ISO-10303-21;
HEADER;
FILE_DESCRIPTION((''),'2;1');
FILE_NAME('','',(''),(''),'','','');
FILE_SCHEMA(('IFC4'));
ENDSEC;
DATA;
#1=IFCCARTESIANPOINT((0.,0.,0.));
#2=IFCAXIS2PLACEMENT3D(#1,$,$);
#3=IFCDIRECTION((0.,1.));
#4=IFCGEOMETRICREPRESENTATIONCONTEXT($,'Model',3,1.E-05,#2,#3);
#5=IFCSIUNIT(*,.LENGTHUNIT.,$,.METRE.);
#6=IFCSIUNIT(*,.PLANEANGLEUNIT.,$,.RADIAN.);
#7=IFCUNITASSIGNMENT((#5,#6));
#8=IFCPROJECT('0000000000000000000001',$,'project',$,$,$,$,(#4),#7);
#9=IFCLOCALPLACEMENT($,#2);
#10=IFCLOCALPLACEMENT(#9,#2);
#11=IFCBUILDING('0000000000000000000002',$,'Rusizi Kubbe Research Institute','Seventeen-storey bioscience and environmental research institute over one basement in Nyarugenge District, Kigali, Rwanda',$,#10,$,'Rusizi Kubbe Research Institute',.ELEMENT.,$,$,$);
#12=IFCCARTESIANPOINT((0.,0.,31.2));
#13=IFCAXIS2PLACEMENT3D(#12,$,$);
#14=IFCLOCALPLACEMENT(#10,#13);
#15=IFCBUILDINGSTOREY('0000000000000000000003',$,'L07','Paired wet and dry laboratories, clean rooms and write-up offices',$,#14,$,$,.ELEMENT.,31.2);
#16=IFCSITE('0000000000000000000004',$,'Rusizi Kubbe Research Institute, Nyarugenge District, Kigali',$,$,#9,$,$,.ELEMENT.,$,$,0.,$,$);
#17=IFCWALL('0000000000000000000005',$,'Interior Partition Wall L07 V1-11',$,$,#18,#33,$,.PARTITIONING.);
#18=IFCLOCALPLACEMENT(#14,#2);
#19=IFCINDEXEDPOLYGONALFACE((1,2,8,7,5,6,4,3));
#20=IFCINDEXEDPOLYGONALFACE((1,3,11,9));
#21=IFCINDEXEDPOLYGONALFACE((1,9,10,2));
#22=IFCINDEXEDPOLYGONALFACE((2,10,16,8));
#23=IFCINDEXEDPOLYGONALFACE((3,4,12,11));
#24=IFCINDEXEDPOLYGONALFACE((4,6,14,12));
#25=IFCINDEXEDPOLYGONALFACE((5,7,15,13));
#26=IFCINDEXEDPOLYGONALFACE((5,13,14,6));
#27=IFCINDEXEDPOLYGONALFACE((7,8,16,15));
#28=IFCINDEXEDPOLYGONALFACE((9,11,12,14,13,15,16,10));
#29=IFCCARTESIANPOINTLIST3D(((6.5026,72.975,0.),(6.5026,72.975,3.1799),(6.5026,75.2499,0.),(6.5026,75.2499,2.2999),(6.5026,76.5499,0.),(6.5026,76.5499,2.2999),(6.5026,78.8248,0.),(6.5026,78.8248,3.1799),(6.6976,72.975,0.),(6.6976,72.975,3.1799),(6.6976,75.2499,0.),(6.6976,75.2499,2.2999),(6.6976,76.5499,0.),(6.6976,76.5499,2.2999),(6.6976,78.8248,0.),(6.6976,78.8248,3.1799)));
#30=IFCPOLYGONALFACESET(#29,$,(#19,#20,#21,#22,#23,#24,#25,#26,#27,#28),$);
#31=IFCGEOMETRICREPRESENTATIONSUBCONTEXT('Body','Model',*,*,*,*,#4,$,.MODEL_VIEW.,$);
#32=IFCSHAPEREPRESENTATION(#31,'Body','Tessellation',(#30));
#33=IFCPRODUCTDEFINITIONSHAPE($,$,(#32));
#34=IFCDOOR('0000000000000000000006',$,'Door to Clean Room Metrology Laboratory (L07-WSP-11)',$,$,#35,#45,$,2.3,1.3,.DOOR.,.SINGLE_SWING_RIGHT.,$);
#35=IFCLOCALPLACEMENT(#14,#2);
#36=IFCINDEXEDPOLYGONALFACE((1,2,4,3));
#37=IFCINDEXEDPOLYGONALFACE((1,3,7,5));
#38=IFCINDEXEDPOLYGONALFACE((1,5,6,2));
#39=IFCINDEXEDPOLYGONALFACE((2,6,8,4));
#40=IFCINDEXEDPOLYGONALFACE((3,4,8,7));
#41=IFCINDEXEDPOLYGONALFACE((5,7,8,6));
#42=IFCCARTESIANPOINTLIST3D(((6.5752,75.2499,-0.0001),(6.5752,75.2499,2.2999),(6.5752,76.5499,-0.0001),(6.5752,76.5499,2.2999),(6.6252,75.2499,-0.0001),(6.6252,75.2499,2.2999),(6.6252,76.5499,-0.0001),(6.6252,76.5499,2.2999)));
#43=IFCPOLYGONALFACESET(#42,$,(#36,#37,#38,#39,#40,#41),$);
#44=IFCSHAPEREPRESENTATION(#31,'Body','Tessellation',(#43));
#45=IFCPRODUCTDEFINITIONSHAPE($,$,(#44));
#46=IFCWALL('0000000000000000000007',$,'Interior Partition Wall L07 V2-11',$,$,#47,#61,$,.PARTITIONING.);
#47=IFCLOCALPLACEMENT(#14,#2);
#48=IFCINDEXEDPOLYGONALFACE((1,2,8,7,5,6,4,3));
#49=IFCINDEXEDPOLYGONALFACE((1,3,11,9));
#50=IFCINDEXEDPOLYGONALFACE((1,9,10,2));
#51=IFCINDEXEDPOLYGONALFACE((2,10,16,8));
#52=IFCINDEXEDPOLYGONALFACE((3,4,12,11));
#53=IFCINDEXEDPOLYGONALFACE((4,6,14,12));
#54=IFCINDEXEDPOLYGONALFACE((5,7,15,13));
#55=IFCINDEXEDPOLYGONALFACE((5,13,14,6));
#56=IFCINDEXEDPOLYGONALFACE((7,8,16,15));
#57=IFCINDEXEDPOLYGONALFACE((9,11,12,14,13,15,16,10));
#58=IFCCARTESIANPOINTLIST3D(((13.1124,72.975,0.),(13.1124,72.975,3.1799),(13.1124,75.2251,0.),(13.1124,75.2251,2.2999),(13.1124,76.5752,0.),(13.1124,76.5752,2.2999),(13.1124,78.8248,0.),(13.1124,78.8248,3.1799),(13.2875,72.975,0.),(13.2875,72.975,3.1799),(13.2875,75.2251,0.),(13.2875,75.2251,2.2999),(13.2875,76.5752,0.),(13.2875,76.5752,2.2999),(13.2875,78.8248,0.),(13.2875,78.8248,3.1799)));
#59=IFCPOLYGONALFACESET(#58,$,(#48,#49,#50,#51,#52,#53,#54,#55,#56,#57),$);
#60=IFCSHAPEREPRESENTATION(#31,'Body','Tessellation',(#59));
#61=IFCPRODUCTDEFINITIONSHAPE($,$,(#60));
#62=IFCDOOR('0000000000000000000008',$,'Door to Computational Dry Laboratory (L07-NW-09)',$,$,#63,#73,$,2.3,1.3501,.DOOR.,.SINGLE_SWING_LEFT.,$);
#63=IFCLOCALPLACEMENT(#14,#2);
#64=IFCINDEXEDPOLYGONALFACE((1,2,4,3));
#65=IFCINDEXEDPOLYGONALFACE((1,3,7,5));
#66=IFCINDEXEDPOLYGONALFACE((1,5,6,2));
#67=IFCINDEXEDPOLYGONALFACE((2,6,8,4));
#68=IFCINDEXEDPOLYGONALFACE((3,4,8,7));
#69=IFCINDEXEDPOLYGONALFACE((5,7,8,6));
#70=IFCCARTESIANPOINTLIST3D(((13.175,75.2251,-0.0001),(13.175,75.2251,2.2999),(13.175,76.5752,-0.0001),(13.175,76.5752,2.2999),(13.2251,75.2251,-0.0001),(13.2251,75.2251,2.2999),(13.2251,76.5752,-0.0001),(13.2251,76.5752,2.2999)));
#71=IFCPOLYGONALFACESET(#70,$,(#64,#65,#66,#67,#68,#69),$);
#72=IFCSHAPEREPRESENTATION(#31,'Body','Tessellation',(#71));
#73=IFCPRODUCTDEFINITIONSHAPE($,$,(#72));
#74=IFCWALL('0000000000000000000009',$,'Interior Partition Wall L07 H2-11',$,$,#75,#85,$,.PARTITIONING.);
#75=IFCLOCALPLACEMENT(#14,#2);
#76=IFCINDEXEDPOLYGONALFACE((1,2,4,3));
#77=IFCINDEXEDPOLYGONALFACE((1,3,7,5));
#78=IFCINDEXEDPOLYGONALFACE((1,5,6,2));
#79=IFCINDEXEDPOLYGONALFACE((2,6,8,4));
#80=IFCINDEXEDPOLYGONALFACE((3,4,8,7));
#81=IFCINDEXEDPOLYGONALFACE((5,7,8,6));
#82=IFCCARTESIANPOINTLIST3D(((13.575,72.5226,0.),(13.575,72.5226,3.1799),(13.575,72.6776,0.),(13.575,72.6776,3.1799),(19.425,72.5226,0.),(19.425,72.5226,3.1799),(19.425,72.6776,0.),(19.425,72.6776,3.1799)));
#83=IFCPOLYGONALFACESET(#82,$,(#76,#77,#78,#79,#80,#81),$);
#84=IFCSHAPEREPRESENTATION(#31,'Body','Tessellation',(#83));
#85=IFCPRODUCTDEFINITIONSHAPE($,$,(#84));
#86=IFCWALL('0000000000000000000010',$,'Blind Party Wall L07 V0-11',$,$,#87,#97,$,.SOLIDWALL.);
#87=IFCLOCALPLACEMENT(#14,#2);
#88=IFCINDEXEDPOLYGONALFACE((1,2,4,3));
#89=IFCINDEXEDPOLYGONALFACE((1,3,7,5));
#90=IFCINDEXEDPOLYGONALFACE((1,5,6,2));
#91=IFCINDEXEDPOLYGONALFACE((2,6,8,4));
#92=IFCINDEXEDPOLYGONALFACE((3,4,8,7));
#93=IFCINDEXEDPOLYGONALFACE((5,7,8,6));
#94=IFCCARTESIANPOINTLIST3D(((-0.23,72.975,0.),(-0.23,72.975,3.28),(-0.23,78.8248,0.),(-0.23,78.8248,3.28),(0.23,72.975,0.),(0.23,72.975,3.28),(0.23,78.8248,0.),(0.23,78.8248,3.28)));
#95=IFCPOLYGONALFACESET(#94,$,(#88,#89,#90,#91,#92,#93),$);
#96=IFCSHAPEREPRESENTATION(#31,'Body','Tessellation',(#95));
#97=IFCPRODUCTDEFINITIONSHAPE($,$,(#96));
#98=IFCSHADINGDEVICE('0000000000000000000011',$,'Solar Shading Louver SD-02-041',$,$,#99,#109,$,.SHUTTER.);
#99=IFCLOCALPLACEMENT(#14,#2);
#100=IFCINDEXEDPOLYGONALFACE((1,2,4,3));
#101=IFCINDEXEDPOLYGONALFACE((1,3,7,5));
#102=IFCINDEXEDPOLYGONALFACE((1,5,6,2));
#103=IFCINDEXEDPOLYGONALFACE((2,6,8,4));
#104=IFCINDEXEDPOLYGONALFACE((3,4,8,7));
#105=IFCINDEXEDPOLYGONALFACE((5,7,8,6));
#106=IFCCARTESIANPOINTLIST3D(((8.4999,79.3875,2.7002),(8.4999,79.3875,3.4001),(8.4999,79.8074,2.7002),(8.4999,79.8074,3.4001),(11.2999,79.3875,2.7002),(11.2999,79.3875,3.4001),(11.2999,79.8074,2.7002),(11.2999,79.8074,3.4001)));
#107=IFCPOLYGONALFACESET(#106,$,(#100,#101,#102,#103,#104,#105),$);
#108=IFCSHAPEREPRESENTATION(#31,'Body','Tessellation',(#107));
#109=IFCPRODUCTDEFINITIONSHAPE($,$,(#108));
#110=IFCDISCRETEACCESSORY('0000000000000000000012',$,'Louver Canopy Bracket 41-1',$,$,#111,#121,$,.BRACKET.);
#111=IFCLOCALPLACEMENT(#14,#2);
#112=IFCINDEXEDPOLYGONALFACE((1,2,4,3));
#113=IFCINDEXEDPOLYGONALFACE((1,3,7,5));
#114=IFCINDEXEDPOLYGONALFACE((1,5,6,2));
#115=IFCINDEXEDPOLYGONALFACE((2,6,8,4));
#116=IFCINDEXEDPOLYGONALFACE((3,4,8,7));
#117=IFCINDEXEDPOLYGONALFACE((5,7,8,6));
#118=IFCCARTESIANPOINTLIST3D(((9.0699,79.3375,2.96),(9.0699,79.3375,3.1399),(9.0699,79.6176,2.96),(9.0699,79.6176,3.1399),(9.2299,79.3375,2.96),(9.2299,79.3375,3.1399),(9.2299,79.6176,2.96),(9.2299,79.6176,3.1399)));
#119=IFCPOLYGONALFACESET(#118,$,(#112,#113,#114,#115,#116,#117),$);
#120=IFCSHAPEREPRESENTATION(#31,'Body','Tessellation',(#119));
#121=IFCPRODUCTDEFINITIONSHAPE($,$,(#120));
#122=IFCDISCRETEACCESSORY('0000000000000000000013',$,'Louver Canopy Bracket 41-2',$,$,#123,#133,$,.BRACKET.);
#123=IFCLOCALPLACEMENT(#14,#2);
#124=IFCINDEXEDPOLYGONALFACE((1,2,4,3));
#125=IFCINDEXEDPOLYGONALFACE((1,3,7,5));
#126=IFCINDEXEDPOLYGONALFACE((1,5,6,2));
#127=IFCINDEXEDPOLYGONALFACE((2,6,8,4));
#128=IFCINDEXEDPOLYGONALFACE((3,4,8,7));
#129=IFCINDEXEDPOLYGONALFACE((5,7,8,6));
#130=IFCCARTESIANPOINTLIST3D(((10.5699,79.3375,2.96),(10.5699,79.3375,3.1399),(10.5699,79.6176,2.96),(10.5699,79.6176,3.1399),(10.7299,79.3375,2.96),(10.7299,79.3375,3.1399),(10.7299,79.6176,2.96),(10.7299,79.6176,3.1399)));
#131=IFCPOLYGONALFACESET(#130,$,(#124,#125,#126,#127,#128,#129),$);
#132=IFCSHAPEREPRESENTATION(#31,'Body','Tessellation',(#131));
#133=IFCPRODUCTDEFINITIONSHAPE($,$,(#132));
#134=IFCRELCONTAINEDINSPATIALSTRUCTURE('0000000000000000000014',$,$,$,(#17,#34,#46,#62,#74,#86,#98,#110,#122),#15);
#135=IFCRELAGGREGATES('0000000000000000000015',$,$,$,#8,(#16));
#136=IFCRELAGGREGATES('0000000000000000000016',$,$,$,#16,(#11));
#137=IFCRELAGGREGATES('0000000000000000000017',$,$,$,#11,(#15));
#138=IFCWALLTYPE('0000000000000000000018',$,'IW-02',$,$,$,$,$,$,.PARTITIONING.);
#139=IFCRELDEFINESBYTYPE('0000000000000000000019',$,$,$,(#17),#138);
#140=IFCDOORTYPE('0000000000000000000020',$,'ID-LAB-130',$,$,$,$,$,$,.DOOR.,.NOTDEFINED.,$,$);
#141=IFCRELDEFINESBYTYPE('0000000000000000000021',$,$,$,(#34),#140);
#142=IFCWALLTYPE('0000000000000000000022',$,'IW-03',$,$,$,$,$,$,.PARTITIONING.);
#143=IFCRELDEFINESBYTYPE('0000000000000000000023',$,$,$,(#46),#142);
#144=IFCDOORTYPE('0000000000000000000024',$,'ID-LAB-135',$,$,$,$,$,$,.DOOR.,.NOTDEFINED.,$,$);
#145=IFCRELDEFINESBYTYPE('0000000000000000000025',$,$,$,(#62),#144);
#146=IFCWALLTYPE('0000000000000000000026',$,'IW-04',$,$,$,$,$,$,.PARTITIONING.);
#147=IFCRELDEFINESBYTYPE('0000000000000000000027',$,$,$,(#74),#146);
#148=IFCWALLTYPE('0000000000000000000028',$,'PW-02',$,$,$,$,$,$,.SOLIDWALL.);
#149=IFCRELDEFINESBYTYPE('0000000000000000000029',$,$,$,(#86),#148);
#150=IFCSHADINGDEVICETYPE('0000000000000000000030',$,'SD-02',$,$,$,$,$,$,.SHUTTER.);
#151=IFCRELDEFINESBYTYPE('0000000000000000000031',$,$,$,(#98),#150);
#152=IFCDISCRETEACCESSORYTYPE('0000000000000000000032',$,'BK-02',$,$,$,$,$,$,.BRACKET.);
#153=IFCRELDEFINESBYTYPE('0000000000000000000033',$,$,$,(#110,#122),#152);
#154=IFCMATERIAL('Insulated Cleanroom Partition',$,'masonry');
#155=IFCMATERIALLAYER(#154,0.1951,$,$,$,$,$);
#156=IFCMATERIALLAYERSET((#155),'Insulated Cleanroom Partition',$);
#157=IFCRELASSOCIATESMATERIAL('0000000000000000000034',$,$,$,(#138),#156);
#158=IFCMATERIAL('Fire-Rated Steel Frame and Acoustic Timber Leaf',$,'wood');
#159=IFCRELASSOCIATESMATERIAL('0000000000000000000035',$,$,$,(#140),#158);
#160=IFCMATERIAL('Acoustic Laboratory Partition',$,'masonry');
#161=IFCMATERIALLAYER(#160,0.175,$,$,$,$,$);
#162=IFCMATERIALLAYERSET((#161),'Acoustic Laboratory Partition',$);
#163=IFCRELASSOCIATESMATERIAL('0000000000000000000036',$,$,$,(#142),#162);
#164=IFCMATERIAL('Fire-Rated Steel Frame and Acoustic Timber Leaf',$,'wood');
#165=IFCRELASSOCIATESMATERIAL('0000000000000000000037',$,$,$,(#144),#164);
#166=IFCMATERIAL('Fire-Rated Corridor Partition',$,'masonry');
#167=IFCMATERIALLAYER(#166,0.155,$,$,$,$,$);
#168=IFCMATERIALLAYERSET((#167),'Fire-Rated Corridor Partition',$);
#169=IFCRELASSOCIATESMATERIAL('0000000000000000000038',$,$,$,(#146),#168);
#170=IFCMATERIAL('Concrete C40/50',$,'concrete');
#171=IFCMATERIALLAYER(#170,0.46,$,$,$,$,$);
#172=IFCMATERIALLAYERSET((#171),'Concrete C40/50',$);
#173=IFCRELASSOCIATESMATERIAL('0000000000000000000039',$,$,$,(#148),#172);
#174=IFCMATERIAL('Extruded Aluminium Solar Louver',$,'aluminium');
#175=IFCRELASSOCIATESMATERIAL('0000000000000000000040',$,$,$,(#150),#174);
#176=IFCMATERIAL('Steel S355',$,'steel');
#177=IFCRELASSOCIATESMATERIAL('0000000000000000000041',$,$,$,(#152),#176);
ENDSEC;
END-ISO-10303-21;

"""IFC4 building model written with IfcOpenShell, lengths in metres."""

from ifc_helpers import new_model, si_unit, direction, frame, frame_2d, origin, origin_2d, place, context, subcontext, project, spatial, rectangle, extrude, material, layer, layer_set, type_object, element, fill, save


model = new_model("IFC4")

# Units and contexts
model_context = context("Model", 3, precision=1e-05, world=origin(), true_north=direction((0.0, 1.0)))
body_context = subcontext(model_context, "Body", "Model", "MODEL_VIEW")
ifc_project = project(units=[si_unit("LENGTHUNIT", "METRE"), si_unit("PLANEANGLEUNIT", "RADIAN")], contexts=[model_context])

# Site, building, storey
site_placement = place(None, origin())
site = spatial("IfcSite", under=ifc_project, at=site_placement, Name="Rusizi Kubbe Research Institute, Nyarugenge District, Kigali", CompositionType="ELEMENT", RefElevation=0.0)
building_placement = place(site_placement, origin())
building = spatial("IfcBuilding", under=site, at=building_placement, Name="Rusizi Kubbe Research Institute", Description="Seventeen-storey bioscience and environmental research institute over one basement in Nyarugenge District, Kigali, Rwanda", LongName="Rusizi Kubbe Research Institute", CompositionType="ELEMENT")
storey_placement = place(building_placement, frame((0.0, 0.0, 31.2)))
storey = spatial("IfcBuildingStorey", under=building, at=storey_placement, Name="L07", Description="Paired wet and dry laboratories, clean rooms and write-up offices", CompositionType="ELEMENT", Elevation=31.2)

# Walls, openings, doors
ifc_material_1 = material(Name="Insulated Cleanroom Partition", Category="masonry")
ifc_layer_1 = layer(ifc_material_1, 0.1951)
ifc_layer_set_1 = layer_set([ifc_layer_1], Name="Insulated Cleanroom Partition")
wall_type_1 = type_object("IfcWallType", Name="IW-02", PredefinedType="PARTITIONING", material=ifc_layer_set_1)
wall_1_placement = place(storey_placement, frame((6.6001, 72.9751, 0.0), z_axis=(0.0, 0.0, 1.0), x_axis=(0.0, 1.0, 0.0)))
wall_1 = element("IfcWall", 1, at=wall_1_placement, inside=storey, type_object=wall_type_1, Name="Interior Partition Wall L07 V1-11", PredefinedType="PARTITIONING", context=body_context, shape_type="SweptSolid", body=[
    extrude(rectangle(XDim=5.8499, YDim=0.1951, at=frame_2d((2.9248, 0.0))), origin(), (0.0, 0.0, 1.0), 3.1799),
])
opening_1_placement = place(wall_1_placement, frame((2.2749, 0.0, 0.0)))
opening_1 = element("IfcOpeningElement", 2, at=opening_1_placement, cuts=wall_1, PredefinedType="OPENING", context=body_context, shape_type="SweptSolid", body=[
    extrude(rectangle(XDim=1.3, YDim=2.3, at=frame_2d((0.6499, 1.1499))), frame((0.0, 0.1074, 0.0), z_axis=(0.0, -1.0, 0.0), x_axis=(1.0, 0.0, 0.0)), (0.0, 0.0, 1.0), 0.2151),
])
ifc_material_2 = material(Name="Fire-Rated Steel Frame and Acoustic Timber Leaf", Category="wood")
door_type_1 = type_object("IfcDoorType", Name="ID-LAB-130", OperationType="NOTDEFINED", PredefinedType="DOOR", material=ifc_material_2)
door_1_placement = place(opening_1_placement, origin())
door_1 = element("IfcDoor", 3, at=door_1_placement, inside=storey, type_object=door_type_1, Name="Door to Clean Room Metrology Laboratory (L07-WSP-11)", OperationType="SINGLE_SWING_RIGHT", OverallHeight=2.3, OverallWidth=1.3, PredefinedType="DOOR", context=body_context, shape_type="SweptSolid", body=[
    extrude(rectangle(XDim=1.3, YDim=2.3, at=frame_2d((0.6499, 1.1499))), frame((0.0, 0.0249, 0.0), z_axis=(0.0, -1.0, 0.0), x_axis=(1.0, 0.0, 0.0)), (0.0, 0.0, 1.0), 0.05),
])
fill(opening_1, door_1)
ifc_material_3 = material(Name="Acoustic Laboratory Partition", Category="masonry")
ifc_layer_2 = layer(ifc_material_3, 0.175)
ifc_layer_set_2 = layer_set([ifc_layer_2], Name="Acoustic Laboratory Partition")
wall_type_2 = type_object("IfcWallType", Name="IW-03", PredefinedType="PARTITIONING", material=ifc_layer_set_2)
wall_2_placement = place(storey_placement, frame((13.2, 72.9751, 0.0), z_axis=(0.0, 0.0, 1.0), x_axis=(0.0, 1.0, 0.0)))
wall_2 = element("IfcWall", 4, at=wall_2_placement, inside=storey, type_object=wall_type_2, Name="Interior Partition Wall L07 V2-11", PredefinedType="PARTITIONING", context=body_context, shape_type="SweptSolid", body=[
    extrude(rectangle(XDim=5.8499, YDim=0.175, at=frame_2d((2.9248, 0.0))), origin(), (0.0, 0.0, 1.0), 3.1799),
])
opening_2_placement = place(wall_2_placement, frame((2.25, 0.0, 0.0)))
opening_2 = element("IfcOpeningElement", 5, at=opening_2_placement, cuts=wall_2, PredefinedType="OPENING", context=body_context, shape_type="SweptSolid", body=[
    extrude(rectangle(XDim=1.3501, YDim=2.3, at=frame_2d((0.675, 1.1499))), frame((0.0, 0.0974, 0.0), z_axis=(0.0, -1.0, 0.0), x_axis=(1.0, 0.0, 0.0)), (0.0, 0.0, 1.0), 0.1951),
])
ifc_material_4 = material(Name="Fire-Rated Steel Frame and Acoustic Timber Leaf", Category="wood")
door_type_2 = type_object("IfcDoorType", Name="ID-LAB-135", OperationType="NOTDEFINED", PredefinedType="DOOR", material=ifc_material_4)
door_2_placement = place(opening_2_placement, origin())
door_2 = element("IfcDoor", 6, at=door_2_placement, inside=storey, type_object=door_type_2, Name="Door to Computational Dry Laboratory (L07-NW-09)", OperationType="SINGLE_SWING_LEFT", OverallHeight=2.3, OverallWidth=1.3501, PredefinedType="DOOR", context=body_context, shape_type="SweptSolid", body=[
    extrude(rectangle(XDim=1.3501, YDim=2.3, at=frame_2d((0.675, 1.1499))), frame((0.0, 0.0249, 0.0), z_axis=(0.0, -1.0, 0.0), x_axis=(1.0, 0.0, 0.0)), (0.0, 0.0, 1.0), 0.05),
])
fill(opening_2, door_2)

# Walls
ifc_material_5 = material(Name="Fire-Rated Corridor Partition", Category="masonry")
ifc_layer_3 = layer(ifc_material_5, 0.155)
ifc_layer_set_3 = layer_set([ifc_layer_3], Name="Fire-Rated Corridor Partition")
wall_type_3 = type_object("IfcWallType", Name="IW-04", PredefinedType="PARTITIONING", material=ifc_layer_set_3)
wall_3_placement = place(storey_placement, frame((13.575, 72.6001, 0.0), z_axis=(0.0, 0.0, 1.0), x_axis=(1.0, 0.0, 0.0)))
element("IfcWall", 7, at=wall_3_placement, inside=storey, type_object=wall_type_3, Name="Interior Partition Wall L07 H2-11", PredefinedType="PARTITIONING", context=body_context, shape_type="SweptSolid", body=[
    extrude(rectangle(XDim=5.8501, YDim=0.155, at=frame_2d((2.925, 0.0))), origin(), (0.0, 0.0, 1.0), 3.1799),
])
ifc_material_6 = material(Name="Concrete C40/50", Category="concrete")
ifc_layer_4 = layer(ifc_material_6, 0.46)
ifc_layer_set_4 = layer_set([ifc_layer_4], Name="Concrete C40/50")
wall_type_4 = type_object("IfcWallType", Name="PW-02", PredefinedType="SOLIDWALL", material=ifc_layer_set_4)
wall_4_placement = place(storey_placement, frame((0.0, 72.9751, 0.0), z_axis=(0.0, 0.0, 1.0), x_axis=(0.0, 1.0, 0.0)))
element("IfcWall", 8, at=wall_4_placement, inside=storey, type_object=wall_type_4, Name="Blind Party Wall L07 V0-11", PredefinedType="SOLIDWALL", context=body_context, shape_type="SweptSolid", body=[
    extrude(rectangle(XDim=5.8499, YDim=0.46, at=frame_2d((2.9248, 0.0))), origin(), (0.0, 0.0, 1.0), 3.28),
])

# Shading device
ifc_material_7 = material(Name="Extruded Aluminium Solar Louver", Category="aluminium")
shading_device_type = type_object("IfcShadingDeviceType", Name="SD-02", PredefinedType="SHUTTER", material=ifc_material_7)
shading_device_placement = place(storey_placement, frame((9.8999, 79.5974, 2.7002), z_axis=(0.0, 0.0, 1.0), x_axis=(1.0, 0.0, 0.0)))
element("IfcShadingDevice", 9, at=shading_device_placement, inside=storey, type_object=shading_device_type, Name="Solar Shading Louver SD-02-041", PredefinedType="SHUTTER", context=body_context, shape_type="SweptSolid", body=[
    extrude(rectangle(XDim=2.8, YDim=0.4199, at=origin_2d()), origin(), (0.0, 0.0, 1.0), 0.7),
])

# Discrete accessories
ifc_material_8 = material(Name="Steel S355", Category="steel")
discrete_accessory_type = type_object("IfcDiscreteAccessoryType", Name="BK-02", PredefinedType="BRACKET", material=ifc_material_8)
for number, where, z_axis, x_axis, name in (
    (10, (9.1499, 79.4775, 2.96), (0.0, 0.0, 1.0), (1.0, 0.0, 0.0), "Louver Canopy Bracket 41-1"),
    (11, (10.6499, 79.4775, 2.96), (0.0, 0.0, 1.0), (1.0, 0.0, 0.0), "Louver Canopy Bracket 41-2"),
):
    element("IfcDiscreteAccessory", number, at=place(storey_placement, frame(where, z_axis=z_axis, x_axis=x_axis)), inside=storey, type_object=discrete_accessory_type, Name=name, PredefinedType="BRACKET", context=body_context, shape_type="SweptSolid", body=[
        extrude(rectangle(XDim=0.1599, YDim=0.28, at=origin_2d()), origin(), (0.0, 0.0, 1.0), 0.1799),
    ])

save(model, "model.ifc")
